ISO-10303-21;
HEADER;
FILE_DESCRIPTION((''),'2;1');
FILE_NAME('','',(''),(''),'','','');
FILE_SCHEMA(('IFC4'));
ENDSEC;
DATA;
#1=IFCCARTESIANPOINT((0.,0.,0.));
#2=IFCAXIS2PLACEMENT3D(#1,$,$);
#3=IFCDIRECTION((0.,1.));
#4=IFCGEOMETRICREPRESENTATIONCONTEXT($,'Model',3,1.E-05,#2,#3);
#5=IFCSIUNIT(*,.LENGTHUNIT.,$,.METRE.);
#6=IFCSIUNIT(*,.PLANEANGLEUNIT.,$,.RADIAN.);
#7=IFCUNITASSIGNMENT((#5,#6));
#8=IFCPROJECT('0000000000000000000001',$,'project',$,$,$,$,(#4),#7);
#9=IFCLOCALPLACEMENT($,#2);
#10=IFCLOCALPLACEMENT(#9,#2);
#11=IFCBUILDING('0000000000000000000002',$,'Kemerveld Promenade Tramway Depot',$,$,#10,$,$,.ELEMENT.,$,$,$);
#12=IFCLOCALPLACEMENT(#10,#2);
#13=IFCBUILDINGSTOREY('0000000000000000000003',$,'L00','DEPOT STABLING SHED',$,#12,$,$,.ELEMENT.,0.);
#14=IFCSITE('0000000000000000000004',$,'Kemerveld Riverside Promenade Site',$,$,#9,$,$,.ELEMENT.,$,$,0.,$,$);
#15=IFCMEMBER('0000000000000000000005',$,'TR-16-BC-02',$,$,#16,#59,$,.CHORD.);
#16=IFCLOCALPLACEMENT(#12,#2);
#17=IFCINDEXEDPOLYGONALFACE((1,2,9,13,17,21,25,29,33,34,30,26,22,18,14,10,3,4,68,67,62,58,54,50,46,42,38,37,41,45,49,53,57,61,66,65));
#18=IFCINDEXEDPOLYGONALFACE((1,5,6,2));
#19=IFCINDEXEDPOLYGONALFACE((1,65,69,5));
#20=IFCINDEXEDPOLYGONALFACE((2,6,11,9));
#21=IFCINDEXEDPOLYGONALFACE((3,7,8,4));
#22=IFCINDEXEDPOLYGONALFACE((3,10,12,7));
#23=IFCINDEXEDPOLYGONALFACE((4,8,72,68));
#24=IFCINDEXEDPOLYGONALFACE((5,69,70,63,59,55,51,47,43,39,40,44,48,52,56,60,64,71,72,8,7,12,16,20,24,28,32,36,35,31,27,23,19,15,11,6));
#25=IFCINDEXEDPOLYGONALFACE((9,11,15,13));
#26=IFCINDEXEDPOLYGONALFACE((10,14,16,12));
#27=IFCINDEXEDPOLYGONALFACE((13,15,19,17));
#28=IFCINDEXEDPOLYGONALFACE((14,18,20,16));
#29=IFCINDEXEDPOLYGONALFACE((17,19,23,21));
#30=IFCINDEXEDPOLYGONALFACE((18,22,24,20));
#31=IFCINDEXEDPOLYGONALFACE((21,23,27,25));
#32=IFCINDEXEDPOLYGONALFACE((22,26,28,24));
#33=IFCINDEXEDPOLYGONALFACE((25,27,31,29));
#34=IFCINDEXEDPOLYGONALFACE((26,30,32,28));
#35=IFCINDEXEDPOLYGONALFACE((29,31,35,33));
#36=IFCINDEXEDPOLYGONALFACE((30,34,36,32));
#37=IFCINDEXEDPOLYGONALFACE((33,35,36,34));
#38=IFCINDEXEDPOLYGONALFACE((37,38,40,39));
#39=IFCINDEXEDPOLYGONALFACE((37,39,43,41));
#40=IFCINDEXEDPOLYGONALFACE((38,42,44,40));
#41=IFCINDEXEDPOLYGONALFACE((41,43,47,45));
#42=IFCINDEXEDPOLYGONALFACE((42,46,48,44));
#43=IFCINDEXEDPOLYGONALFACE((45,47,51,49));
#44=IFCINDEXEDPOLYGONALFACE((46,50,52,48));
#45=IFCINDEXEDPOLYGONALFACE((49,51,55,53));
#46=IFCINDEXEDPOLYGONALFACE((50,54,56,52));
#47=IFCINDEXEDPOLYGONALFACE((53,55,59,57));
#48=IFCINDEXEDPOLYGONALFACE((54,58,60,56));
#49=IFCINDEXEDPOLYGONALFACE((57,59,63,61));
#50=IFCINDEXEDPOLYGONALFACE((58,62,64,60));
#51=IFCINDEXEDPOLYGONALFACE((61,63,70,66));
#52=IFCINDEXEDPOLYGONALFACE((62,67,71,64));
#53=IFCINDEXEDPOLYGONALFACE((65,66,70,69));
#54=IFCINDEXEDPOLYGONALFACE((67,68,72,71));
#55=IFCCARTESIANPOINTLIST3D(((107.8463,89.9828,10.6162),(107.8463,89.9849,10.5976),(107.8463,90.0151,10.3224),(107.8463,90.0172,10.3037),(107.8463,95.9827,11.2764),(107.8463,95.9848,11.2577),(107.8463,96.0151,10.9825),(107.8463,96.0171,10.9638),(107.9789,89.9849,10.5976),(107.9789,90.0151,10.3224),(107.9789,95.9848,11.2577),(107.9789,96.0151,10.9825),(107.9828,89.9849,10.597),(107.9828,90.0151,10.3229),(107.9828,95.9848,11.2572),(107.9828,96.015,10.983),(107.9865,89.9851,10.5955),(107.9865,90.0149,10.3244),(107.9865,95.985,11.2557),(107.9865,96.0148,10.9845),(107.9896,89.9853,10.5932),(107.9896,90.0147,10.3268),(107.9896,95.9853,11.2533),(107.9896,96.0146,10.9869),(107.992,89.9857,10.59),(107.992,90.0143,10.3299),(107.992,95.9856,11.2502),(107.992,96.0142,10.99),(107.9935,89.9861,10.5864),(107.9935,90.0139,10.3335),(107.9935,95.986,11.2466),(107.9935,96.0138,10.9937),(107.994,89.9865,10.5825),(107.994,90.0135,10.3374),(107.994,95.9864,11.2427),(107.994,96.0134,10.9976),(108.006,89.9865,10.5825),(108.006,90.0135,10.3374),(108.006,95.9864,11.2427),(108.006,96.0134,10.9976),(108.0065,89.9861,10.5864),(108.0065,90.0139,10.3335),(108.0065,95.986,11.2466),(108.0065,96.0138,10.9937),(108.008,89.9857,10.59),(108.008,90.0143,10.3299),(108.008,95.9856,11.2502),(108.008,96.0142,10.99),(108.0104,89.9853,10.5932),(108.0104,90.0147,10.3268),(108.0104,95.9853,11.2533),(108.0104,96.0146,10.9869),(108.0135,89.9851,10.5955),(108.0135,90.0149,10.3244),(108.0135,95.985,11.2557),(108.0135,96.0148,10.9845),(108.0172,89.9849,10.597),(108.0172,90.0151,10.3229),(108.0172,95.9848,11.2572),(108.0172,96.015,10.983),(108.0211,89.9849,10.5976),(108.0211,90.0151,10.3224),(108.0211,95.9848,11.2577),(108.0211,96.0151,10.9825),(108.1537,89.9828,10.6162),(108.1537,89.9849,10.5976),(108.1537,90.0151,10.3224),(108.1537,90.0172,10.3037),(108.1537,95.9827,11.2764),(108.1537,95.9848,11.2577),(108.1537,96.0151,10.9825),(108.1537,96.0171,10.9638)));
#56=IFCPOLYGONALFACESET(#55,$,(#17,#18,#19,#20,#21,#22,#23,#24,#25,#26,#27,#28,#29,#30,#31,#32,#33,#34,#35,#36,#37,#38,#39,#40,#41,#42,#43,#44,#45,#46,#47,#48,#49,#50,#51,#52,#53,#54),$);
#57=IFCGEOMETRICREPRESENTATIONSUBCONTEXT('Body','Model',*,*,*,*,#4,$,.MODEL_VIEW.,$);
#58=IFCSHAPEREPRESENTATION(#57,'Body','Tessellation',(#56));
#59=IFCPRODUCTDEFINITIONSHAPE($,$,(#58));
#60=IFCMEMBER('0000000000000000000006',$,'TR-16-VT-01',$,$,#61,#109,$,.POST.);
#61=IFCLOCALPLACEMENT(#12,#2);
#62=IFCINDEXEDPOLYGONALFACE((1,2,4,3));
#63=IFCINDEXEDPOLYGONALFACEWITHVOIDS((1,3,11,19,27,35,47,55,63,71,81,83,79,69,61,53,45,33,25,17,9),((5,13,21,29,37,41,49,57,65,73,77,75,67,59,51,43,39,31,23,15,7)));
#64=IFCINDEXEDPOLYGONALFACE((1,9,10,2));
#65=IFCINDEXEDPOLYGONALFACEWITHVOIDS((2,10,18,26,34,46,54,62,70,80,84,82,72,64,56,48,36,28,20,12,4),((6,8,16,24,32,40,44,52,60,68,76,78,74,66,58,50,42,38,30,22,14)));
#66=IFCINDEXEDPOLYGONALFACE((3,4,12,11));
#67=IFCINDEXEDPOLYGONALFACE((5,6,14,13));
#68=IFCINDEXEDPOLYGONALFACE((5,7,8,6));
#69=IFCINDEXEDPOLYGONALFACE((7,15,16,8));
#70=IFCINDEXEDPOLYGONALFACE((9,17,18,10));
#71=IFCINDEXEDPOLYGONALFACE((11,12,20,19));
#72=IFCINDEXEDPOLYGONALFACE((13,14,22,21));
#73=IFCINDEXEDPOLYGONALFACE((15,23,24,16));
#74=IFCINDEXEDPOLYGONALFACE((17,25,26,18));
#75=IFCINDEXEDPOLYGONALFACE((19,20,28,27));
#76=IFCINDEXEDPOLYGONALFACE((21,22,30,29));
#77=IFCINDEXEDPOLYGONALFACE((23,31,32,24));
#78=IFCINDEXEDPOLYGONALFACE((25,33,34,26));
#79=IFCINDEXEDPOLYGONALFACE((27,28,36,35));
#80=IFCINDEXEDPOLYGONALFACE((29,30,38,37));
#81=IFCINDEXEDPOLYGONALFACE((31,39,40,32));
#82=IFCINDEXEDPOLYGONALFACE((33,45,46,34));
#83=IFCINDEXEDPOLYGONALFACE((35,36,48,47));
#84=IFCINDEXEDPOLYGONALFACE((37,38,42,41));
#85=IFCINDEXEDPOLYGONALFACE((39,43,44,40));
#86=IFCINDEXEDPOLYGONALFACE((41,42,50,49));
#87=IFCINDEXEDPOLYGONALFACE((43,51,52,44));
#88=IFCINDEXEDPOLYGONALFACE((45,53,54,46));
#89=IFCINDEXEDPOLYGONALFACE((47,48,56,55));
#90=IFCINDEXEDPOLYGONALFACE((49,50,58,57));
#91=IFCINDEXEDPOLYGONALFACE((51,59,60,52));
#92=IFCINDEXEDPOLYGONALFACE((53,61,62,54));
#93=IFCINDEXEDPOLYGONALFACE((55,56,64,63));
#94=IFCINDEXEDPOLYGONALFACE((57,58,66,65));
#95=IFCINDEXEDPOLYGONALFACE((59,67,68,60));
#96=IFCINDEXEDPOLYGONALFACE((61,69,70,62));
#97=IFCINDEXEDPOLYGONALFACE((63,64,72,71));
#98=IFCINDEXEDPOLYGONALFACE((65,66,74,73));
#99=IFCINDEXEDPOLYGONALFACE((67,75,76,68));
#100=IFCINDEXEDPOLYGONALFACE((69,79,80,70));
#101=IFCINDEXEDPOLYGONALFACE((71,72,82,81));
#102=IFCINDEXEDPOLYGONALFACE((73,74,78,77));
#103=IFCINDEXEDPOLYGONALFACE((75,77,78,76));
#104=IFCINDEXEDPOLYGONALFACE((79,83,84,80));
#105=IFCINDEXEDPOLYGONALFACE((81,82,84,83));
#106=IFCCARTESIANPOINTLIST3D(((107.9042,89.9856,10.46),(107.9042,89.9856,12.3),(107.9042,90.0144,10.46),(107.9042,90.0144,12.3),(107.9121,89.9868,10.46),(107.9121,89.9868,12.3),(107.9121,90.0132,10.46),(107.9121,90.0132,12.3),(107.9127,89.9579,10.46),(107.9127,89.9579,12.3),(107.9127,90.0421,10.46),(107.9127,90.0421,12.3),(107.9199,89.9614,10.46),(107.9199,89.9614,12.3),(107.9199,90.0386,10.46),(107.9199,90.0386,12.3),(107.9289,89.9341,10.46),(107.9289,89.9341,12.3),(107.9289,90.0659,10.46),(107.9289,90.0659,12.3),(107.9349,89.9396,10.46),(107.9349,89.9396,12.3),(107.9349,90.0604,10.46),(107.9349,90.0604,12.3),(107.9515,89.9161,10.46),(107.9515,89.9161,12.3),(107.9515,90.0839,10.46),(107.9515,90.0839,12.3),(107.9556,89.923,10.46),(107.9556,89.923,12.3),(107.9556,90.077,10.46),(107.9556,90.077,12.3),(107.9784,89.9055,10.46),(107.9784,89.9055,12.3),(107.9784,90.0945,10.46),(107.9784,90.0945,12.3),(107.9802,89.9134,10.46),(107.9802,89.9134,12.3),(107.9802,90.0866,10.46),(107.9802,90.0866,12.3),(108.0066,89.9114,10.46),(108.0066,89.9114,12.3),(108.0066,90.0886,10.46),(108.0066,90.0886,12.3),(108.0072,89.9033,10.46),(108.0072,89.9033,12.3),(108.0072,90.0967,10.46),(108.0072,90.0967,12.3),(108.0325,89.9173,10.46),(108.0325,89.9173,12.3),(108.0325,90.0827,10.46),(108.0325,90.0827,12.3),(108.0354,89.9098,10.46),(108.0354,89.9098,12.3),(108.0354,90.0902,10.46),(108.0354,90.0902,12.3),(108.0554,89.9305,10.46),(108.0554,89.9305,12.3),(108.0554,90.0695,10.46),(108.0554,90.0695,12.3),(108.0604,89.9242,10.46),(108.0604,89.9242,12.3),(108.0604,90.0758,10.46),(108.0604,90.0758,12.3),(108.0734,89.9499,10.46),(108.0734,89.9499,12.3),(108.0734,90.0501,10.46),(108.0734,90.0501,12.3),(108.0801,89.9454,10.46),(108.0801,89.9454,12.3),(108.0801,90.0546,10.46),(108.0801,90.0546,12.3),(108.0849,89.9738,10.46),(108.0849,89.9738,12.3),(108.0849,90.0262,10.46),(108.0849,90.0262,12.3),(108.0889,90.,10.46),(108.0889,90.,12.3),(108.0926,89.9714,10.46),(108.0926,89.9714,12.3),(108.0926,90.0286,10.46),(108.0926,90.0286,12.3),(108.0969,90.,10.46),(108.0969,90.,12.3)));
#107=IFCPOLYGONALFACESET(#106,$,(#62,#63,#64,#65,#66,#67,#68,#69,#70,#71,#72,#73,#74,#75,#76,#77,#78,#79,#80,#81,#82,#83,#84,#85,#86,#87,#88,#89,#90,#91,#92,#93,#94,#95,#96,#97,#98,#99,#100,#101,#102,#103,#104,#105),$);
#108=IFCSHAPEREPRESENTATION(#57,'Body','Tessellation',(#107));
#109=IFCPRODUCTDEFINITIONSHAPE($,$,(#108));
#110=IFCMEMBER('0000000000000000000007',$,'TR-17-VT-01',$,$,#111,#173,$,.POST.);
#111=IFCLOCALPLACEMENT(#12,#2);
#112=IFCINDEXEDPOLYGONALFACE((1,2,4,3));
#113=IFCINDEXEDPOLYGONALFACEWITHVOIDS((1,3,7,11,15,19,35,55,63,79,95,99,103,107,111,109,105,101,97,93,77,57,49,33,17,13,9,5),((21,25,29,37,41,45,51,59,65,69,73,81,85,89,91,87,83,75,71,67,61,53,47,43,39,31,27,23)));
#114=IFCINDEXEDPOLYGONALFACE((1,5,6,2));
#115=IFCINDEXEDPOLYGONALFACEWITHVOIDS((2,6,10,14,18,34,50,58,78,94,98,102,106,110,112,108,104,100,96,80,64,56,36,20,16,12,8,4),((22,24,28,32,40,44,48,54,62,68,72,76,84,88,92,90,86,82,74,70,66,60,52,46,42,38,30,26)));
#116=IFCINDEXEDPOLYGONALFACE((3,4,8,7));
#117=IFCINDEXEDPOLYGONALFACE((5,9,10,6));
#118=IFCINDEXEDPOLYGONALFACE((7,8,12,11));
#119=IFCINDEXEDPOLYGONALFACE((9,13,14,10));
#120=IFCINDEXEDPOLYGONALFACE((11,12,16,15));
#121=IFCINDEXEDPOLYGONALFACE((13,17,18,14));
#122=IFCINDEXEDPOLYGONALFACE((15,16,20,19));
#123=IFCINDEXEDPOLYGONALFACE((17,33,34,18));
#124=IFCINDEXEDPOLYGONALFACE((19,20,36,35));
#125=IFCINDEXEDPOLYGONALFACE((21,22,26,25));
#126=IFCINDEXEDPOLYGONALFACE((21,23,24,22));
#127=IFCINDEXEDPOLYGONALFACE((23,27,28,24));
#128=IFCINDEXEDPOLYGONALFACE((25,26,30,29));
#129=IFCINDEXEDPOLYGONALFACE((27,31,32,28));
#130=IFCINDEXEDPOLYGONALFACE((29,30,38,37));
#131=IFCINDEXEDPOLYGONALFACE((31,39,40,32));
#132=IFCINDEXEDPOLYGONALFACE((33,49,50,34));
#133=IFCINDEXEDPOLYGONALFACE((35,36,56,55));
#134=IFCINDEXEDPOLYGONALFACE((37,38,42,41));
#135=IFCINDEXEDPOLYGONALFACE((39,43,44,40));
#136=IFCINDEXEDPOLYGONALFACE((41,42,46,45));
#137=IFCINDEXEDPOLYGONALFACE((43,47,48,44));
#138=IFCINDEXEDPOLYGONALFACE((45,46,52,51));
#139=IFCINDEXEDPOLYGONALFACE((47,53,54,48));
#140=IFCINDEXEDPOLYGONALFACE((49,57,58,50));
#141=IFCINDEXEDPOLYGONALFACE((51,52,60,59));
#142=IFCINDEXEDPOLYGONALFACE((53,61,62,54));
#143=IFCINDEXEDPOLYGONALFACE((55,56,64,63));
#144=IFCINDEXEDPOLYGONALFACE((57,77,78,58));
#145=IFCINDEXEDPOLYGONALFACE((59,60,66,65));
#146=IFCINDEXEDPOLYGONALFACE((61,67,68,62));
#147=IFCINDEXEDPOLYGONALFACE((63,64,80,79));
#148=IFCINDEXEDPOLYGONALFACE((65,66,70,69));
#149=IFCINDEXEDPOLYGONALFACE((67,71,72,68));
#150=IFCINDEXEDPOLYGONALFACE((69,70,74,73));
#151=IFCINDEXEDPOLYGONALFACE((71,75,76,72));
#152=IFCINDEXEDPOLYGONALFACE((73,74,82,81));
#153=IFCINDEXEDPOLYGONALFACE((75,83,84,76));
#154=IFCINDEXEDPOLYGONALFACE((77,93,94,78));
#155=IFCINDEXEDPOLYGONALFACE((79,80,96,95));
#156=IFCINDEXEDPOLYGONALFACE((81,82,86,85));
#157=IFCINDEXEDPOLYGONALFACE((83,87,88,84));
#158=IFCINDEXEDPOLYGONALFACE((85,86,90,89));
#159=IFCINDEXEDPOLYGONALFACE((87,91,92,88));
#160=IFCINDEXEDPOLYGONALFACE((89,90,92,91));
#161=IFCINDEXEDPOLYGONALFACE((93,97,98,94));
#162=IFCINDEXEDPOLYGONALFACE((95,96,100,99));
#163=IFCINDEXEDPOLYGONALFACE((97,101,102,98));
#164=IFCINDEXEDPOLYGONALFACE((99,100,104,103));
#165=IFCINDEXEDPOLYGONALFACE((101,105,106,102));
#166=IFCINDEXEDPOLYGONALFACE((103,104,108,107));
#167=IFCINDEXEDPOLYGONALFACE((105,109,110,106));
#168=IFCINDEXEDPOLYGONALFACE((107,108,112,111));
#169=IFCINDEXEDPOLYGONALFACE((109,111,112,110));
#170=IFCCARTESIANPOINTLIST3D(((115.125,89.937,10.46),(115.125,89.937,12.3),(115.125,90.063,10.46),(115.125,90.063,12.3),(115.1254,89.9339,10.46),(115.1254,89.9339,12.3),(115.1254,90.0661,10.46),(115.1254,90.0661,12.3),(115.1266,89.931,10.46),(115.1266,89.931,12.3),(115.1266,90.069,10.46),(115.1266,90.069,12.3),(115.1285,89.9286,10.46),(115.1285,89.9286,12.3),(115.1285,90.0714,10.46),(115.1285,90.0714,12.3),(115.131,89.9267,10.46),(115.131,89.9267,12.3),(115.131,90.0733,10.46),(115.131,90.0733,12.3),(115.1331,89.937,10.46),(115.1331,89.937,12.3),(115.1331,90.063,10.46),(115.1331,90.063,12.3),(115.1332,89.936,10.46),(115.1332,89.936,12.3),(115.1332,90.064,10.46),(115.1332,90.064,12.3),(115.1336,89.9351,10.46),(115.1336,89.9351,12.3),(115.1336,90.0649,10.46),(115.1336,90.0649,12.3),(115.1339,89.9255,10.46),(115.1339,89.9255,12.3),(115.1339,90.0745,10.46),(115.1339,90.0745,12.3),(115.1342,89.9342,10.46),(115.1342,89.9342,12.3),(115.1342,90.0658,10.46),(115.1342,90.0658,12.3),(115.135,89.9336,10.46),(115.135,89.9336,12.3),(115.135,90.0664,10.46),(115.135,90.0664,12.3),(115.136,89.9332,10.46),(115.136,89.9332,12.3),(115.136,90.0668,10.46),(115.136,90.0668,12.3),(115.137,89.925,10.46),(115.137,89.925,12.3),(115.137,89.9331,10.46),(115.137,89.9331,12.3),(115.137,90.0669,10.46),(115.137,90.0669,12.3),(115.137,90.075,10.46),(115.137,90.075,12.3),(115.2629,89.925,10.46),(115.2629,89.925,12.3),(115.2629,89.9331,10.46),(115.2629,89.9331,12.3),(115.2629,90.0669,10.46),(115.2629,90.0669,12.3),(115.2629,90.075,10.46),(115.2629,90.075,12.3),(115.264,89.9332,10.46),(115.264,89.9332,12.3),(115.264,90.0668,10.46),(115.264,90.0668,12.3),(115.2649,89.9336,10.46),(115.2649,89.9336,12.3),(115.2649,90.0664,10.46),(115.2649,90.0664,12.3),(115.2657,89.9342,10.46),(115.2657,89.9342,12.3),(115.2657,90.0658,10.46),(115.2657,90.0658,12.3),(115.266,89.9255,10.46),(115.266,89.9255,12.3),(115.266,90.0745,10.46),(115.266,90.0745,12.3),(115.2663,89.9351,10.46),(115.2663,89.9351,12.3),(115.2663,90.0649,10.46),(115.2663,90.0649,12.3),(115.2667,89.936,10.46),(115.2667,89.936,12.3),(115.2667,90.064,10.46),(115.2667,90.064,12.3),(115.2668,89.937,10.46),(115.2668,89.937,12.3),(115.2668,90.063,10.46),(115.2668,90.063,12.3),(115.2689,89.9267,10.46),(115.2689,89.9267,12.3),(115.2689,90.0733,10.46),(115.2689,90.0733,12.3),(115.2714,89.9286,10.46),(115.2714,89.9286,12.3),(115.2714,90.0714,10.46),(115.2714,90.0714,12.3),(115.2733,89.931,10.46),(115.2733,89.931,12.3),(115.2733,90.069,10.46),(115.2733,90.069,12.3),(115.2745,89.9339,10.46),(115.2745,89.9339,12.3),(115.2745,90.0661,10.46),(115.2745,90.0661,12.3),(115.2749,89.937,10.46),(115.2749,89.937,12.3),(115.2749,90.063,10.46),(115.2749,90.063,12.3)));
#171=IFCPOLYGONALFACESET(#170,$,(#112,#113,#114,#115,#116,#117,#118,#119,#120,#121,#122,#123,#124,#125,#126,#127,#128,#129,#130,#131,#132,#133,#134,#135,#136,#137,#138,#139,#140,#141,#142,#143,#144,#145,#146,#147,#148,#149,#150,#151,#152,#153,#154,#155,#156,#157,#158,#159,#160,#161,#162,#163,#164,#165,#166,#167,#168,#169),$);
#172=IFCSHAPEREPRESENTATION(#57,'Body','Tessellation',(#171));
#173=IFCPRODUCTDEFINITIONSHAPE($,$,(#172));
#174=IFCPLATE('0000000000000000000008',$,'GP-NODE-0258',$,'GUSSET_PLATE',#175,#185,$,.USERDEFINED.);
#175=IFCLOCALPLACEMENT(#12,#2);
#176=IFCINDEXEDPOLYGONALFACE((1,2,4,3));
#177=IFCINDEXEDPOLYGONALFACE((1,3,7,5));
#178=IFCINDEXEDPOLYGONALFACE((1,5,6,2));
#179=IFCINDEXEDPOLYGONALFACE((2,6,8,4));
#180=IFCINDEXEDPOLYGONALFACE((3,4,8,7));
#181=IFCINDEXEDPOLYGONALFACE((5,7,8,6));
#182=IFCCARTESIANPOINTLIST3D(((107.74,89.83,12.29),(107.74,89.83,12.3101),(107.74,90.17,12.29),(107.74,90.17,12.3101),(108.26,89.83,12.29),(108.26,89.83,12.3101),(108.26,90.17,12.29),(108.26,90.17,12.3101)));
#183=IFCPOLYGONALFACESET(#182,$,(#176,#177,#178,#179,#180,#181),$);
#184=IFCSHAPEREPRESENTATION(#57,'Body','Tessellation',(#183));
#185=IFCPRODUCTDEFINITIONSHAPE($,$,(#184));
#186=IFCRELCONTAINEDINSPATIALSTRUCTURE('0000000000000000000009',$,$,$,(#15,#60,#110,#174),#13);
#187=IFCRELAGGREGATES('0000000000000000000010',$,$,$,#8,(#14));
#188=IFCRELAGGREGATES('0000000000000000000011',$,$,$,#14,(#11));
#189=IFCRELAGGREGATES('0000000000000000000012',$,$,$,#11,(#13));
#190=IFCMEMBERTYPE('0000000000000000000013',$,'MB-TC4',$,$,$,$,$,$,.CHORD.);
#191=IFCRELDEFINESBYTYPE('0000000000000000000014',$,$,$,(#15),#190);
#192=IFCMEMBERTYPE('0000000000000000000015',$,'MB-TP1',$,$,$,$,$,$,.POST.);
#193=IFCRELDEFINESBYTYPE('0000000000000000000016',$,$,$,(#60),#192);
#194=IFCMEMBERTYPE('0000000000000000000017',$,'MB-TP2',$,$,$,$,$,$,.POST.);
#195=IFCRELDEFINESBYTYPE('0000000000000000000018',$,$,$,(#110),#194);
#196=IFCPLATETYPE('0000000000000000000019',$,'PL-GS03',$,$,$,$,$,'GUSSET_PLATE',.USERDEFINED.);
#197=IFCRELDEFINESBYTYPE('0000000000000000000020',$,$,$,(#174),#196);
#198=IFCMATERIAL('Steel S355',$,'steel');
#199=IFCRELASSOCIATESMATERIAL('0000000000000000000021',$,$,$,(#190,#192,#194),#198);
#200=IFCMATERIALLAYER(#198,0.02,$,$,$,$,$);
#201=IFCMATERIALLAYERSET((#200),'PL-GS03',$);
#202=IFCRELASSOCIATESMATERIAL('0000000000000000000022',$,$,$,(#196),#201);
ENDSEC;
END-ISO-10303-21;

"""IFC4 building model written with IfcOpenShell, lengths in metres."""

from ifc_helpers import new_model, si_unit, direction, frame, origin, origin_2d, place, context, subcontext, project, spatial, rectangle, hollow_rectangle, hollow_circle, i_section, extrude, material, layer, layer_set, material_profile, profile_set, type_object, element, save


model = new_model("IFC4")

# Units and contexts
model_context = context("Model", 3, precision=1e-05, world=origin(), true_north=direction((0.0, 1.0)))
body_context = subcontext(model_context, "Body", "Model", "MODEL_VIEW")
ifc_project = project(units=[si_unit("LENGTHUNIT", "METRE"), si_unit("PLANEANGLEUNIT", "RADIAN")], contexts=[model_context])

# Site, building, storey
site_placement = place(None, origin())
site = spatial("IfcSite", under=ifc_project, at=site_placement, Name="Kemerveld Riverside Promenade Site", CompositionType="ELEMENT", RefElevation=0.0)
building_placement = place(site_placement, origin())
building = spatial("IfcBuilding", under=site, at=building_placement, Name="Kemerveld Promenade Tramway Depot", CompositionType="ELEMENT")
storey_placement = place(building_placement, origin())
storey = spatial("IfcBuildingStorey", under=building, at=storey_placement, Name="L00", Description="DEPOT STABLING SHED", CompositionType="ELEMENT", Elevation=0.0)

# Members
ifc_material_1 = material(Name="Steel S355", Category="steel")
ifc_material_profile_1 = material_profile(ifc_material_1, i_section(OverallWidth=0.3074, OverallDepth=0.3145, WebThickness=0.012, FlangeThickness=0.0188, FilletRadius=0.0151, at=origin_2d()), Name="305x305x118 UC")
ifc_profile_set_1 = profile_set([ifc_material_profile_1], Name="Steel S355")
member_type_1 = type_object("IfcMemberType", Name="MB-TC4", PredefinedType="CHORD", material=ifc_profile_set_1)
member_1_placement = place(storey_placement, frame((108.0, 90.0, 10.46), z_axis=(0.0, 0.994002, 0.109366), x_axis=(-1.0, 0.0, 0.0)))
element("IfcMember", 1, at=member_1_placement, inside=storey, type_object=member_type_1, Name="TR-16-BC-02", PredefinedType="CHORD", context=body_context, shape_type="SweptSolid", body=[
    extrude(i_section(OverallWidth=0.3074, OverallDepth=0.3145, WebThickness=0.012, FlangeThickness=0.0188, FilletRadius=0.0151, at=origin_2d()), origin(), (0.0, 0.0, 1.0), 6.0361),
])
ifc_material_profile_2 = material_profile(ifc_material_1, hollow_circle(Radius=0.0969, WallThickness=0.0081, at=origin_2d()), Name="193.7x8.0 CHS")
ifc_profile_set_2 = profile_set([ifc_material_profile_2], Name="Steel S355")
member_type_2 = type_object("IfcMemberType", Name="MB-TP1", PredefinedType="POST", material=ifc_profile_set_2)
member_2_placement = place(storey_placement, frame((108.0, 90.0, 10.46), z_axis=(0.0, 0.0, 1.0), x_axis=(1.0, 0.0, 0.0)))
element("IfcMember", 2, at=member_2_placement, inside=storey, type_object=member_type_2, Name="TR-16-VT-01", PredefinedType="POST", context=body_context, shape_type="SweptSolid", body=[
    extrude(hollow_circle(Radius=0.0969, WallThickness=0.0081, at=origin_2d()), origin(), (0.0, 0.0, 1.0), 1.8401),
])
ifc_material_profile_3 = material_profile(ifc_material_1, hollow_rectangle(XDim=0.1499, YDim=0.1499, WallThickness=0.0081, InnerFilletRadius=0.0039, OuterFilletRadius=0.012, at=origin_2d()), Name="150x150x8.0 SHS")
ifc_profile_set_3 = profile_set([ifc_material_profile_3], Name="Steel S355")
member_type_3 = type_object("IfcMemberType", Name="MB-TP2", PredefinedType="POST", material=ifc_profile_set_3)
member_3_placement = place(storey_placement, frame((115.2, 90.0, 10.46), z_axis=(0.0, 0.0, 1.0), x_axis=(1.0, 0.0, 0.0)))
element("IfcMember", 3, at=member_3_placement, inside=storey, type_object=member_type_3, Name="TR-17-VT-01", PredefinedType="POST", context=body_context, shape_type="SweptSolid", body=[
    extrude(hollow_rectangle(XDim=0.1499, YDim=0.1499, WallThickness=0.0081, InnerFilletRadius=0.0039, OuterFilletRadius=0.012, at=origin_2d()), origin(), (0.0, 0.0, 1.0), 1.8401),
])

# Plate
ifc_layer_1 = layer(ifc_material_1, 0.02)
ifc_layer_set_1 = layer_set([ifc_layer_1], Name="PL-GS03")
plate_type_1 = type_object("IfcPlateType", Name="PL-GS03", ElementType="GUSSET_PLATE", PredefinedType="USERDEFINED", material=ifc_layer_set_1)
plate_1_placement = place(storey_placement, frame((108.0, 90.0, 12.29), z_axis=(0.0, 0.0, 1.0), x_axis=(1.0, 0.0, 0.0)))
element("IfcPlate", 4, at=plate_1_placement, inside=storey, type_object=plate_type_1, Name="GP-NODE-0258", ObjectType="GUSSET_PLATE", PredefinedType="USERDEFINED", context=body_context, shape_type="SweptSolid", body=[
    extrude(rectangle(XDim=0.52, YDim=0.3401, at=origin_2d()), origin(), (0.0, 0.0, 1.0), 0.02),
])

save(model, "model.ifc")
